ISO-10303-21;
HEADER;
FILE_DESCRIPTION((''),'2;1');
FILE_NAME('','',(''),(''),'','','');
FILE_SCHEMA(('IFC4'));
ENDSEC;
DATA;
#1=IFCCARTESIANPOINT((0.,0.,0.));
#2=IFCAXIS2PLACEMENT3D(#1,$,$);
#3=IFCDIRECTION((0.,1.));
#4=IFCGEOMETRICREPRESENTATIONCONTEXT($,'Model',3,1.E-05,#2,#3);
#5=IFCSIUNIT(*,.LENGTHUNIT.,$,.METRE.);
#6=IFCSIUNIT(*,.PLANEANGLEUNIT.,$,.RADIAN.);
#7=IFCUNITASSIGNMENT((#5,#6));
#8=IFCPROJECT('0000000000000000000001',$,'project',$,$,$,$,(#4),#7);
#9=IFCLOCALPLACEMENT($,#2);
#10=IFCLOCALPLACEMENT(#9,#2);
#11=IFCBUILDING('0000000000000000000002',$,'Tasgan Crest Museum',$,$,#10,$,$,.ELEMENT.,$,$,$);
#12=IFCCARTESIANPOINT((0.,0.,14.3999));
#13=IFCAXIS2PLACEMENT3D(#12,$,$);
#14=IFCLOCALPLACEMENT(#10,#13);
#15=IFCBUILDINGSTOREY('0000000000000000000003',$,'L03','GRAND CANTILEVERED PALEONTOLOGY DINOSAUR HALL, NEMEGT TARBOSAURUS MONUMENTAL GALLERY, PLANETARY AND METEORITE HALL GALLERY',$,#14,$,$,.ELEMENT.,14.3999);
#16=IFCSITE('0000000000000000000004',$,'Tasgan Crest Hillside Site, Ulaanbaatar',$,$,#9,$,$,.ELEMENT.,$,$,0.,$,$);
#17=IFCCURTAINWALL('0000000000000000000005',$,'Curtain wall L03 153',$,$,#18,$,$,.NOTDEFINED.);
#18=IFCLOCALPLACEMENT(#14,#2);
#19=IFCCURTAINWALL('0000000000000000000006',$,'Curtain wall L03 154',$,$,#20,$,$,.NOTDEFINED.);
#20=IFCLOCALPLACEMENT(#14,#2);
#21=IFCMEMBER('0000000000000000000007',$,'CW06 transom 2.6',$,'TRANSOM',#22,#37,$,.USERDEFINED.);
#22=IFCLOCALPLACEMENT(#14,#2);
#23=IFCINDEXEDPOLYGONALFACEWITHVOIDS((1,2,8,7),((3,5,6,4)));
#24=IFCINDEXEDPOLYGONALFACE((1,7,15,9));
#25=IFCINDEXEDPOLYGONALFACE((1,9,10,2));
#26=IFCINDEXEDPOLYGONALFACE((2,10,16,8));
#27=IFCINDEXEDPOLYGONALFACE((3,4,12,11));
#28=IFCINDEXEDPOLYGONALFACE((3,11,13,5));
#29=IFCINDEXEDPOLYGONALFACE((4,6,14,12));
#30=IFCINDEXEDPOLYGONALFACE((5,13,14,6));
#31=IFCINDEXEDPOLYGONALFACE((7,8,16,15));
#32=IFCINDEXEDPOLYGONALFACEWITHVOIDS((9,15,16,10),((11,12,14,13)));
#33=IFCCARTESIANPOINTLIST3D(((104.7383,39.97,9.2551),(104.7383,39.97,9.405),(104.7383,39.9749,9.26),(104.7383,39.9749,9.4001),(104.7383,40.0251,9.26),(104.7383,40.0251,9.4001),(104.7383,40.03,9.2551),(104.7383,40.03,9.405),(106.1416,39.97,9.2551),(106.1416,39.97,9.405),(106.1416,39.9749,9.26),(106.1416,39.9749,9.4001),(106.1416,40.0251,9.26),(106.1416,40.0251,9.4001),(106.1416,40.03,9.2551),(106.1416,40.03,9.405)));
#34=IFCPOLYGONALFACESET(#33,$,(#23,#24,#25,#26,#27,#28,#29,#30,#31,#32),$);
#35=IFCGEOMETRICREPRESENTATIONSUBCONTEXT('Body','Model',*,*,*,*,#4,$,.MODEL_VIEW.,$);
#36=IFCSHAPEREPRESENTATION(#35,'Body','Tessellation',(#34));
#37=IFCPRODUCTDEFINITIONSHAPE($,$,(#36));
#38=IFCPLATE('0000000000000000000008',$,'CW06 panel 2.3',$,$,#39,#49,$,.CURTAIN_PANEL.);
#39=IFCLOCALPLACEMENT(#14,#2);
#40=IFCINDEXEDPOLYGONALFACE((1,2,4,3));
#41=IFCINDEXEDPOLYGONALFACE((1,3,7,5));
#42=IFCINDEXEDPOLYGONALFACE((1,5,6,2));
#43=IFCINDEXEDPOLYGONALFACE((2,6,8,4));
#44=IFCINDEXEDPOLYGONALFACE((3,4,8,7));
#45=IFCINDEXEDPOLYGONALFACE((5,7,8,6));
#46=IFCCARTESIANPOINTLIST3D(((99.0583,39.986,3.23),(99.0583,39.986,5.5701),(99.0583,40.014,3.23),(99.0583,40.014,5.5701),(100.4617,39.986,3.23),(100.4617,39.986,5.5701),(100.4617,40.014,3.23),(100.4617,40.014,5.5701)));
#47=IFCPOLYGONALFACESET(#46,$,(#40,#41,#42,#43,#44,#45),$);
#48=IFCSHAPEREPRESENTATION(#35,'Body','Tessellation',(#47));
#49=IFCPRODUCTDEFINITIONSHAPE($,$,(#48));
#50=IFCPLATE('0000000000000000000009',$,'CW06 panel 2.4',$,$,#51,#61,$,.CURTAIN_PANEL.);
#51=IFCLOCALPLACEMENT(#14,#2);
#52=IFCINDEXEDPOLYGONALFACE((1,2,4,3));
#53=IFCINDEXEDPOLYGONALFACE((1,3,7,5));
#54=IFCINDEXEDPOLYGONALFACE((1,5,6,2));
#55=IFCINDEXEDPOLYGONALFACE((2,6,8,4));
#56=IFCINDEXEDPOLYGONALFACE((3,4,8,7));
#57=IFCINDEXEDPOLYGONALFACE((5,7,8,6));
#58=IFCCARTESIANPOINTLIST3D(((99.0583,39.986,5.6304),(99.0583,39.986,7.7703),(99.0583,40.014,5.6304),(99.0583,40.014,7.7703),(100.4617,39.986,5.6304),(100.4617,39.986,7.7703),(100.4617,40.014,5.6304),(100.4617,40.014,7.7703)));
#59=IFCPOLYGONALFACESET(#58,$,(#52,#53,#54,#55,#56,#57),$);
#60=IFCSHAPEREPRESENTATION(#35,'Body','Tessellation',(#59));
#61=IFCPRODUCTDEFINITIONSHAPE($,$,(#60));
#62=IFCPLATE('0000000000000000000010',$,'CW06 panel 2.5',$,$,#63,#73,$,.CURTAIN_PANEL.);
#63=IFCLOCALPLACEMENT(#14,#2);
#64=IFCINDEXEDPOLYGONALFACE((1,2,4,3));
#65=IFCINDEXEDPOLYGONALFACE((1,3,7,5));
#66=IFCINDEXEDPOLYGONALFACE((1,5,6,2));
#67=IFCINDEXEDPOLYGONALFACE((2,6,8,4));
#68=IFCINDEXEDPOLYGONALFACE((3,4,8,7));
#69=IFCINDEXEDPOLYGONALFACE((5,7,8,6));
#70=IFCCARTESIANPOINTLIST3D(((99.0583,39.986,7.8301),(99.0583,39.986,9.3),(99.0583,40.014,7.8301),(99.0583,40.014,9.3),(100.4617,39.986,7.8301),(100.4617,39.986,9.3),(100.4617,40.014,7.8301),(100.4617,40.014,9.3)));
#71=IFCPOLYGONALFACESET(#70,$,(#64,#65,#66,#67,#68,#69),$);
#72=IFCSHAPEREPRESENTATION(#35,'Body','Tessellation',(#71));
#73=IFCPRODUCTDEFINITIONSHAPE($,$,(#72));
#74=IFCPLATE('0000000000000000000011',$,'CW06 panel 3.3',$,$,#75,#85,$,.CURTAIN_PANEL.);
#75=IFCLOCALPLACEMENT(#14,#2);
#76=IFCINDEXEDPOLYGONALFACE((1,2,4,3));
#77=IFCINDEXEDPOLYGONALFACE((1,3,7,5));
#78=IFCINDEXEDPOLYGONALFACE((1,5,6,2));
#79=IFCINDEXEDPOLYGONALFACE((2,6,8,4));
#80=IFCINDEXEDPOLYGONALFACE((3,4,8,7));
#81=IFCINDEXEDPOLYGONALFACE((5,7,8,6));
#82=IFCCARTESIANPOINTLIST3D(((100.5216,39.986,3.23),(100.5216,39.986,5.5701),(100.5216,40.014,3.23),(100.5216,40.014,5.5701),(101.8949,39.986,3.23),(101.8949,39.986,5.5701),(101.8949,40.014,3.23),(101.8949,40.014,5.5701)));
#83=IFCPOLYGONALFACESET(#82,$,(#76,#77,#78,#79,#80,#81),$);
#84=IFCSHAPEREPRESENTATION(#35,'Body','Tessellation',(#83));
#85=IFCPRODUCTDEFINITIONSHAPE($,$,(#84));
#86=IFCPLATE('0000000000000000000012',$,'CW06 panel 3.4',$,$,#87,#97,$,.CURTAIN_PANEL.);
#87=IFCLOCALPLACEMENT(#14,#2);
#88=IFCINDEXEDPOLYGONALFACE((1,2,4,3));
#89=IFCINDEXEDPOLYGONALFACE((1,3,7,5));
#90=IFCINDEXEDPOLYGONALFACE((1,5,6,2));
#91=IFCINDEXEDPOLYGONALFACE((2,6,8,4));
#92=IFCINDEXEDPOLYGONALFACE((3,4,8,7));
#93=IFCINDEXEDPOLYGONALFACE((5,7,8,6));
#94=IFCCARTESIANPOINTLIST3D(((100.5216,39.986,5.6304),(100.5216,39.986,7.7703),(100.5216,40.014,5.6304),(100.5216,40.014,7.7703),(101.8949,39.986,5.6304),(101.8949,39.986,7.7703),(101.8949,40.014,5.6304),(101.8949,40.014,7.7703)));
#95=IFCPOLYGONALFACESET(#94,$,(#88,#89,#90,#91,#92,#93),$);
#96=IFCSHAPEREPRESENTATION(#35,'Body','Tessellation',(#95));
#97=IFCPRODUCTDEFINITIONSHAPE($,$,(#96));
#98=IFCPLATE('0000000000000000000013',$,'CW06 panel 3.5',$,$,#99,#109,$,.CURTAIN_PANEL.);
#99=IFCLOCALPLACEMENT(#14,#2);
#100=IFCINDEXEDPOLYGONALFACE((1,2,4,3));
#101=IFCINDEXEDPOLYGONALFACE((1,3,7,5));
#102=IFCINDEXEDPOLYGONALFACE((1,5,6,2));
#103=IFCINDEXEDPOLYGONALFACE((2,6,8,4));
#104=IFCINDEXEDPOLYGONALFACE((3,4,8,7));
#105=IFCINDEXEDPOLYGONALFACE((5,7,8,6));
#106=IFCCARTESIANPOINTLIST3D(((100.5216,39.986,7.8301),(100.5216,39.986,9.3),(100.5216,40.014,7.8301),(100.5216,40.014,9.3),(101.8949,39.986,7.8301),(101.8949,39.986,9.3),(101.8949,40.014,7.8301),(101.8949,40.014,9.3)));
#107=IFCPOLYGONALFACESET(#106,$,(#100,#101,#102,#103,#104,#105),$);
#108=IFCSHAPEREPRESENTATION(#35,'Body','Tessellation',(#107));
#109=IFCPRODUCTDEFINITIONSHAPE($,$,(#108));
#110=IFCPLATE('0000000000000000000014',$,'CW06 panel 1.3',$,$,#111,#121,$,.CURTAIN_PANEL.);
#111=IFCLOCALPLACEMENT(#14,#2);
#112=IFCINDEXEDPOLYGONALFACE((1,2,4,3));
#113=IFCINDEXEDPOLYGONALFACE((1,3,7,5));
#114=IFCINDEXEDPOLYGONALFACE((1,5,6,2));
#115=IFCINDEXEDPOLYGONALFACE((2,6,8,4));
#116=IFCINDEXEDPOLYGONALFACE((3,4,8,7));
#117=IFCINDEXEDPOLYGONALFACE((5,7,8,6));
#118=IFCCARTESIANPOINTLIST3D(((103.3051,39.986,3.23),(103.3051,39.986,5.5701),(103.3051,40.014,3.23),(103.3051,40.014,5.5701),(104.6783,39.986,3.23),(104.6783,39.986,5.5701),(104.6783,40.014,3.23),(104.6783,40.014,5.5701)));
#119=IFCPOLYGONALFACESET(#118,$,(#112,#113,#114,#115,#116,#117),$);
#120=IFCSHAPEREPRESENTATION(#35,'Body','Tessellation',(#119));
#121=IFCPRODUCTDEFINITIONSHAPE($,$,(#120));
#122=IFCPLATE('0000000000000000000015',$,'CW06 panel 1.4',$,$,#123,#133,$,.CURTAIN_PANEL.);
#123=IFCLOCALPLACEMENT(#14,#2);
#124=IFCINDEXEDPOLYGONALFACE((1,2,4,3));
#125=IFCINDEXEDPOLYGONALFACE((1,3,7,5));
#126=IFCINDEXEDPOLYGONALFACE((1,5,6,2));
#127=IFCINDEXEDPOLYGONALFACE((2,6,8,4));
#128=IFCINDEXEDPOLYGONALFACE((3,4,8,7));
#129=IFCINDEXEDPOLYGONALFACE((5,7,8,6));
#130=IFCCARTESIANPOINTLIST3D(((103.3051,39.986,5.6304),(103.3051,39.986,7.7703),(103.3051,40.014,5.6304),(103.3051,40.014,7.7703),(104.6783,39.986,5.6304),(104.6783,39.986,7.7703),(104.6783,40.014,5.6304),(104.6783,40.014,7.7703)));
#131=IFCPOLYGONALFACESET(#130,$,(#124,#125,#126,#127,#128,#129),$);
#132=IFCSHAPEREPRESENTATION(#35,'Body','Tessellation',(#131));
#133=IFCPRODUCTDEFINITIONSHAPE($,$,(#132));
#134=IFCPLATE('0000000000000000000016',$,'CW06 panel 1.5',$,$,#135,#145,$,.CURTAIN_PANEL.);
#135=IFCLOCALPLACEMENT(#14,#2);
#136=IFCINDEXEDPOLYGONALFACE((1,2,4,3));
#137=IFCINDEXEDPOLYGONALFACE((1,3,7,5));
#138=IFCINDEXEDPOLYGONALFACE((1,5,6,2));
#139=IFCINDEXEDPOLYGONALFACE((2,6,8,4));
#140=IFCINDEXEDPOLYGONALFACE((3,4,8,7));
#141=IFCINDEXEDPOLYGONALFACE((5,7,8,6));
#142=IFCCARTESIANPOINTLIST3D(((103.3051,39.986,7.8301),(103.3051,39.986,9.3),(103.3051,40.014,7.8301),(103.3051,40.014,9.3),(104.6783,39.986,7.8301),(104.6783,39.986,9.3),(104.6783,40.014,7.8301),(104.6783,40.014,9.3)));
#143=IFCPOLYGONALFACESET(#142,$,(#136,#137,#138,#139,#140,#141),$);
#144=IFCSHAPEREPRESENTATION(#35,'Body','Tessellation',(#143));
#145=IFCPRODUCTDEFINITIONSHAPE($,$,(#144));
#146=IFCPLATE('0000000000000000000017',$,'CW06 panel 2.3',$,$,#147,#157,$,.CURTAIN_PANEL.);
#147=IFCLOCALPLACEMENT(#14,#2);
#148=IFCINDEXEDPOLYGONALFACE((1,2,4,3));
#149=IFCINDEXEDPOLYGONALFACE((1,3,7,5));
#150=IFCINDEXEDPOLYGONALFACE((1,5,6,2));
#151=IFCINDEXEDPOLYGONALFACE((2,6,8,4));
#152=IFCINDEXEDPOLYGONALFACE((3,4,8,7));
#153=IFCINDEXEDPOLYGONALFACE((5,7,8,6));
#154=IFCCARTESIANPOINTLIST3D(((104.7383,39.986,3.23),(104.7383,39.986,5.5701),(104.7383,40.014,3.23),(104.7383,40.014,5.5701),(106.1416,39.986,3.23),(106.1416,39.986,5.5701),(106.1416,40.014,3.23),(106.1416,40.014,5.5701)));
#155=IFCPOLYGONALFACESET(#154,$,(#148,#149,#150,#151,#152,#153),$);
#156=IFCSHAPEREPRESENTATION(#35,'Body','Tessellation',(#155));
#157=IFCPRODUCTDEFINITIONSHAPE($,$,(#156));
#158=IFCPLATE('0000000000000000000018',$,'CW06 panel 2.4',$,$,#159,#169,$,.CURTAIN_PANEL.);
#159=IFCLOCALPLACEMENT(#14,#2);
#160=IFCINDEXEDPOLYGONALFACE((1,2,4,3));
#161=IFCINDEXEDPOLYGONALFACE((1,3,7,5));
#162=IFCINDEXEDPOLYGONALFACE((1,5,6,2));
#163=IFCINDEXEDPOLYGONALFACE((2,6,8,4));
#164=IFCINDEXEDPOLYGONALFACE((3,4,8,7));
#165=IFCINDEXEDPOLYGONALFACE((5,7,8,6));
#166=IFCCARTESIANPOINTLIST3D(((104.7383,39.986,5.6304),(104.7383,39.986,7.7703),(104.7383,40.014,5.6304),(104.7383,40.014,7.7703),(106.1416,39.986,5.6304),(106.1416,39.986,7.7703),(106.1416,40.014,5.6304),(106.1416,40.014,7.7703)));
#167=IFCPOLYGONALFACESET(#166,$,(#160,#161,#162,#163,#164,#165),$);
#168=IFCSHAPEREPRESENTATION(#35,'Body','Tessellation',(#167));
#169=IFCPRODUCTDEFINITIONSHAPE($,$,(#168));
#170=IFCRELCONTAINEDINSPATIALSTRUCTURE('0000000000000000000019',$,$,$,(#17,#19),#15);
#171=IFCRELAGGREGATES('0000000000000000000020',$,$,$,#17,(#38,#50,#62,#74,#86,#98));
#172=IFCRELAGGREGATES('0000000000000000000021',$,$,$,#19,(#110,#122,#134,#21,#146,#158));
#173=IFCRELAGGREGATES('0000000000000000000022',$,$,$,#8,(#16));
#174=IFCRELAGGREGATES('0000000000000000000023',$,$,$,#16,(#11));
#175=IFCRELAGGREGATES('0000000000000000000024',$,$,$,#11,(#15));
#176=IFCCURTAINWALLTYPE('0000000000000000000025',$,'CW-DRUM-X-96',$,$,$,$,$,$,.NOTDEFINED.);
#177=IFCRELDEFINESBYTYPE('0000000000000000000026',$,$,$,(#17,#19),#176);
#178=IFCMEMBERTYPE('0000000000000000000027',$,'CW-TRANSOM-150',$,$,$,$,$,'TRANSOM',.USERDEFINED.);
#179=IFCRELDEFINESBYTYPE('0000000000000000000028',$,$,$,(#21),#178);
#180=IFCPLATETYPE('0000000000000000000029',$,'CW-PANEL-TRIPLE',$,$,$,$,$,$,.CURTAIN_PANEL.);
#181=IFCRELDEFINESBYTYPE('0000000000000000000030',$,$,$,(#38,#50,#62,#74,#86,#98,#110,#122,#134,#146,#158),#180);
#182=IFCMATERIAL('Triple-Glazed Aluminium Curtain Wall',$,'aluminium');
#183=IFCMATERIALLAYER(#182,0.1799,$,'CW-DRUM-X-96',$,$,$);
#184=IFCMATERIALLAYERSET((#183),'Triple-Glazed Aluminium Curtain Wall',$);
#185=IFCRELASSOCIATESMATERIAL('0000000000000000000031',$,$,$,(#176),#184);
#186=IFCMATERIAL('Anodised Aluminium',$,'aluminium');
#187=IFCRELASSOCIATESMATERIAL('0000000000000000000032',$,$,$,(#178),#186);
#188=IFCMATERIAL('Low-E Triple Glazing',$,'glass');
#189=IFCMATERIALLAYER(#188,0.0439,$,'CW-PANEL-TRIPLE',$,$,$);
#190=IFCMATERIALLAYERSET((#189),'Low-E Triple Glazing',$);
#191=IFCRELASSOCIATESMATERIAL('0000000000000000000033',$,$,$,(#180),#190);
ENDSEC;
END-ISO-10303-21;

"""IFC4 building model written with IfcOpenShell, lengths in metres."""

from ifc_helpers import new_model, si_unit, direction, frame, origin, origin_2d, place, context, subcontext, project, spatial, rectangle, hollow_rectangle, extrude, material, layer, layer_set, material_profile, profile_set, type_object, element, aggregate, save


model = new_model("IFC4")

# Units and contexts
model_context = context("Model", 3, precision=1e-05, world=origin(), true_north=direction((0.0, 1.0)))
body_context = subcontext(model_context, "Body", "Model", "MODEL_VIEW")
ifc_project = project(units=[si_unit("LENGTHUNIT", "METRE"), si_unit("PLANEANGLEUNIT", "RADIAN")], contexts=[model_context])

# Site, building, storey
site_placement = place(None, origin())
site = spatial("IfcSite", under=ifc_project, at=site_placement, Name="Tasgan Crest Hillside Site, Ulaanbaatar", CompositionType="ELEMENT", RefElevation=0.0)
building_placement = place(site_placement, origin())
building = spatial("IfcBuilding", under=site, at=building_placement, Name="Tasgan Crest Museum", CompositionType="ELEMENT")
storey_placement = place(building_placement, frame((0.0, 0.0, 14.3999)))
storey = spatial("IfcBuildingStorey", under=building, at=storey_placement, Name="L03", Description="GRAND CANTILEVERED PALEONTOLOGY DINOSAUR HALL, NEMEGT TARBOSAURUS MONUMENTAL GALLERY, PLANETARY AND METEORITE HALL GALLERY", CompositionType="ELEMENT", Elevation=14.3999)

# Curtain walls, member
ifc_material_1 = material(Name="Triple-Glazed Aluminium Curtain Wall", Category="aluminium")
ifc_layer_1 = layer(ifc_material_1, 0.1799, Name="CW-DRUM-X-96")
ifc_layer_set_1 = layer_set([ifc_layer_1], Name="Triple-Glazed Aluminium Curtain Wall")
curtain_wall_type = type_object("IfcCurtainWallType", Name="CW-DRUM-X-96", PredefinedType="NOTDEFINED", material=ifc_layer_set_1)
curtain_wall_1_placement = place(storey_placement, origin())
curtain_wall_1 = element("IfcCurtainWall", 1, at=curtain_wall_1_placement, inside=storey, type_object=curtain_wall_type, Name="Curtain wall L03 153", PredefinedType="NOTDEFINED")
ifc_material_2 = material(Name="Anodised Aluminium", Category="aluminium")
ifc_material_profile = material_profile(ifc_material_2, hollow_rectangle(XDim=0.0601, YDim=0.1499, WallThickness=0.0049, at=origin_2d()), Name="ALU TRANSOM 150x60x5")
ifc_profile_set = profile_set([ifc_material_profile], Name="Anodised Aluminium")
member_type = type_object("IfcMemberType", Name="CW-TRANSOM-150", ElementType="TRANSOM", PredefinedType="USERDEFINED", material=ifc_profile_set)
curtain_wall_2_placement = place(storey_placement, origin())
curtain_wall_2 = element("IfcCurtainWall", 2, at=curtain_wall_2_placement, inside=storey, type_object=curtain_wall_type, Name="Curtain wall L03 154", PredefinedType="NOTDEFINED")
member_1_placement = place(storey_placement, frame((104.7383, 40.0, 9.3301), z_axis=(1.0, 0.0, 0.0), x_axis=(0.0, 1.0, 0.0)))
member_1 = element("IfcMember", 3, at=member_1_placement, type_object=member_type, Name="CW06 transom 2.6", ObjectType="TRANSOM", PredefinedType="USERDEFINED", context=body_context, shape_type="SweptSolid", body=[
    extrude(hollow_rectangle(XDim=0.0601, YDim=0.1499, WallThickness=0.0049, at=origin_2d()), origin(), (0.0, 0.0, 1.0), 1.4033),
])

# Plates
ifc_material_3 = material(Name="Low-E Triple Glazing", Category="glass")
ifc_layer_2 = layer(ifc_material_3, 0.0439, Name="CW-PANEL-TRIPLE")
ifc_layer_set_2 = layer_set([ifc_layer_2], Name="Low-E Triple Glazing")
plate_type = type_object("IfcPlateType", Name="CW-PANEL-TRIPLE", PredefinedType="CURTAIN_PANEL", material=ifc_layer_set_2)
plate_1_placement = place(storey_placement, frame((99.76, 40.0, 3.23), z_axis=(0.0, 0.0, 1.0), x_axis=(1.0, 0.0, 0.0)))
plate_1 = element("IfcPlate", 4, at=plate_1_placement, type_object=plate_type, Name="CW06 panel 2.3", PredefinedType="CURTAIN_PANEL", context=body_context, shape_type="SweptSolid", body=[
    extrude(rectangle(XDim=1.4033, YDim=0.0281, at=origin_2d()), origin(), (0.0, 0.0, 1.0), 2.3401),
])
plate_2_placement = place(storey_placement, frame((99.76, 40.0, 5.6304), z_axis=(0.0, 0.0, 1.0), x_axis=(1.0, 0.0, 0.0)))
plate_2 = element("IfcPlate", 5, at=plate_2_placement, type_object=plate_type, Name="CW06 panel 2.4", PredefinedType="CURTAIN_PANEL", context=body_context, shape_type="SweptSolid", body=[
    extrude(rectangle(XDim=1.4033, YDim=0.0281, at=origin_2d()), origin(), (0.0, 0.0, 1.0), 2.1399),
])
plate_3_placement = place(storey_placement, frame((99.76, 40.0, 7.8301), z_axis=(0.0, 0.0, 1.0), x_axis=(1.0, 0.0, 0.0)))
plate_3 = element("IfcPlate", 6, at=plate_3_placement, type_object=plate_type, Name="CW06 panel 2.5", PredefinedType="CURTAIN_PANEL", context=body_context, shape_type="SweptSolid", body=[
    extrude(rectangle(XDim=1.4033, YDim=0.0281, at=origin_2d()), origin(), (0.0, 0.0, 1.0), 1.47),
])
plate_4_placement = place(storey_placement, frame((101.2083, 40.0, 3.23), z_axis=(0.0, 0.0, 1.0), x_axis=(1.0, 0.0, 0.0)))
plate_4 = element("IfcPlate", 7, at=plate_4_placement, type_object=plate_type, Name="CW06 panel 3.3", PredefinedType="CURTAIN_PANEL", context=body_context, shape_type="SweptSolid", body=[
    extrude(rectangle(XDim=1.3733, YDim=0.0281, at=origin_2d()), origin(), (0.0, 0.0, 1.0), 2.3401),
])
plate_5_placement = place(storey_placement, frame((101.2083, 40.0, 5.6304), z_axis=(0.0, 0.0, 1.0), x_axis=(1.0, 0.0, 0.0)))
plate_5 = element("IfcPlate", 8, at=plate_5_placement, type_object=plate_type, Name="CW06 panel 3.4", PredefinedType="CURTAIN_PANEL", context=body_context, shape_type="SweptSolid", body=[
    extrude(rectangle(XDim=1.3733, YDim=0.0281, at=origin_2d()), origin(), (0.0, 0.0, 1.0), 2.1399),
])
plate_6_placement = place(storey_placement, frame((101.2083, 40.0, 7.8301), z_axis=(0.0, 0.0, 1.0), x_axis=(1.0, 0.0, 0.0)))
plate_6 = element("IfcPlate", 9, at=plate_6_placement, type_object=plate_type, Name="CW06 panel 3.5", PredefinedType="CURTAIN_PANEL", context=body_context, shape_type="SweptSolid", body=[
    extrude(rectangle(XDim=1.3733, YDim=0.0281, at=origin_2d()), origin(), (0.0, 0.0, 1.0), 1.47),
])
aggregate(curtain_wall_1, [plate_1, plate_2, plate_3, plate_4, plate_5, plate_6])
plate_7_placement = place(storey_placement, frame((103.9917, 40.0, 3.23), z_axis=(0.0, 0.0, 1.0), x_axis=(1.0, 0.0, 0.0)))
plate_7 = element("IfcPlate", 10, at=plate_7_placement, type_object=plate_type, Name="CW06 panel 1.3", PredefinedType="CURTAIN_PANEL", context=body_context, shape_type="SweptSolid", body=[
    extrude(rectangle(XDim=1.3733, YDim=0.0281, at=origin_2d()), origin(), (0.0, 0.0, 1.0), 2.3401),
])
plate_8_placement = place(storey_placement, frame((103.9917, 40.0, 5.6304), z_axis=(0.0, 0.0, 1.0), x_axis=(1.0, 0.0, 0.0)))
plate_8 = element("IfcPlate", 11, at=plate_8_placement, type_object=plate_type, Name="CW06 panel 1.4", PredefinedType="CURTAIN_PANEL", context=body_context, shape_type="SweptSolid", body=[
    extrude(rectangle(XDim=1.3733, YDim=0.0281, at=origin_2d()), origin(), (0.0, 0.0, 1.0), 2.1399),
])
plate_9_placement = place(storey_placement, frame((103.9917, 40.0, 7.8301), z_axis=(0.0, 0.0, 1.0), x_axis=(1.0, 0.0, 0.0)))
plate_9 = element("IfcPlate", 12, at=plate_9_placement, type_object=plate_type, Name="CW06 panel 1.5", PredefinedType="CURTAIN_PANEL", context=body_context, shape_type="SweptSolid", body=[
    extrude(rectangle(XDim=1.3733, YDim=0.0281, at=origin_2d()), origin(), (0.0, 0.0, 1.0), 1.47),
])
plate_10_placement = place(storey_placement, frame((105.4399, 40.0, 3.23), z_axis=(0.0, 0.0, 1.0), x_axis=(1.0, 0.0, 0.0)))
plate_10 = element("IfcPlate", 13, at=plate_10_placement, type_object=plate_type, Name="CW06 panel 2.3", PredefinedType="CURTAIN_PANEL", context=body_context, shape_type="SweptSolid", body=[
    extrude(rectangle(XDim=1.4033, YDim=0.0281, at=origin_2d()), origin(), (0.0, 0.0, 1.0), 2.3401),
])
plate_11_placement = place(storey_placement, frame((105.4399, 40.0, 5.6304), z_axis=(0.0, 0.0, 1.0), x_axis=(1.0, 0.0, 0.0)))
plate_11 = element("IfcPlate", 14, at=plate_11_placement, type_object=plate_type, Name="CW06 panel 2.4", PredefinedType="CURTAIN_PANEL", context=body_context, shape_type="SweptSolid", body=[
    extrude(rectangle(XDim=1.4033, YDim=0.0281, at=origin_2d()), origin(), (0.0, 0.0, 1.0), 2.1399),
])
aggregate(curtain_wall_2, [plate_7, plate_8, plate_9, member_1, plate_10, plate_11])

save(model, "model.ifc")
